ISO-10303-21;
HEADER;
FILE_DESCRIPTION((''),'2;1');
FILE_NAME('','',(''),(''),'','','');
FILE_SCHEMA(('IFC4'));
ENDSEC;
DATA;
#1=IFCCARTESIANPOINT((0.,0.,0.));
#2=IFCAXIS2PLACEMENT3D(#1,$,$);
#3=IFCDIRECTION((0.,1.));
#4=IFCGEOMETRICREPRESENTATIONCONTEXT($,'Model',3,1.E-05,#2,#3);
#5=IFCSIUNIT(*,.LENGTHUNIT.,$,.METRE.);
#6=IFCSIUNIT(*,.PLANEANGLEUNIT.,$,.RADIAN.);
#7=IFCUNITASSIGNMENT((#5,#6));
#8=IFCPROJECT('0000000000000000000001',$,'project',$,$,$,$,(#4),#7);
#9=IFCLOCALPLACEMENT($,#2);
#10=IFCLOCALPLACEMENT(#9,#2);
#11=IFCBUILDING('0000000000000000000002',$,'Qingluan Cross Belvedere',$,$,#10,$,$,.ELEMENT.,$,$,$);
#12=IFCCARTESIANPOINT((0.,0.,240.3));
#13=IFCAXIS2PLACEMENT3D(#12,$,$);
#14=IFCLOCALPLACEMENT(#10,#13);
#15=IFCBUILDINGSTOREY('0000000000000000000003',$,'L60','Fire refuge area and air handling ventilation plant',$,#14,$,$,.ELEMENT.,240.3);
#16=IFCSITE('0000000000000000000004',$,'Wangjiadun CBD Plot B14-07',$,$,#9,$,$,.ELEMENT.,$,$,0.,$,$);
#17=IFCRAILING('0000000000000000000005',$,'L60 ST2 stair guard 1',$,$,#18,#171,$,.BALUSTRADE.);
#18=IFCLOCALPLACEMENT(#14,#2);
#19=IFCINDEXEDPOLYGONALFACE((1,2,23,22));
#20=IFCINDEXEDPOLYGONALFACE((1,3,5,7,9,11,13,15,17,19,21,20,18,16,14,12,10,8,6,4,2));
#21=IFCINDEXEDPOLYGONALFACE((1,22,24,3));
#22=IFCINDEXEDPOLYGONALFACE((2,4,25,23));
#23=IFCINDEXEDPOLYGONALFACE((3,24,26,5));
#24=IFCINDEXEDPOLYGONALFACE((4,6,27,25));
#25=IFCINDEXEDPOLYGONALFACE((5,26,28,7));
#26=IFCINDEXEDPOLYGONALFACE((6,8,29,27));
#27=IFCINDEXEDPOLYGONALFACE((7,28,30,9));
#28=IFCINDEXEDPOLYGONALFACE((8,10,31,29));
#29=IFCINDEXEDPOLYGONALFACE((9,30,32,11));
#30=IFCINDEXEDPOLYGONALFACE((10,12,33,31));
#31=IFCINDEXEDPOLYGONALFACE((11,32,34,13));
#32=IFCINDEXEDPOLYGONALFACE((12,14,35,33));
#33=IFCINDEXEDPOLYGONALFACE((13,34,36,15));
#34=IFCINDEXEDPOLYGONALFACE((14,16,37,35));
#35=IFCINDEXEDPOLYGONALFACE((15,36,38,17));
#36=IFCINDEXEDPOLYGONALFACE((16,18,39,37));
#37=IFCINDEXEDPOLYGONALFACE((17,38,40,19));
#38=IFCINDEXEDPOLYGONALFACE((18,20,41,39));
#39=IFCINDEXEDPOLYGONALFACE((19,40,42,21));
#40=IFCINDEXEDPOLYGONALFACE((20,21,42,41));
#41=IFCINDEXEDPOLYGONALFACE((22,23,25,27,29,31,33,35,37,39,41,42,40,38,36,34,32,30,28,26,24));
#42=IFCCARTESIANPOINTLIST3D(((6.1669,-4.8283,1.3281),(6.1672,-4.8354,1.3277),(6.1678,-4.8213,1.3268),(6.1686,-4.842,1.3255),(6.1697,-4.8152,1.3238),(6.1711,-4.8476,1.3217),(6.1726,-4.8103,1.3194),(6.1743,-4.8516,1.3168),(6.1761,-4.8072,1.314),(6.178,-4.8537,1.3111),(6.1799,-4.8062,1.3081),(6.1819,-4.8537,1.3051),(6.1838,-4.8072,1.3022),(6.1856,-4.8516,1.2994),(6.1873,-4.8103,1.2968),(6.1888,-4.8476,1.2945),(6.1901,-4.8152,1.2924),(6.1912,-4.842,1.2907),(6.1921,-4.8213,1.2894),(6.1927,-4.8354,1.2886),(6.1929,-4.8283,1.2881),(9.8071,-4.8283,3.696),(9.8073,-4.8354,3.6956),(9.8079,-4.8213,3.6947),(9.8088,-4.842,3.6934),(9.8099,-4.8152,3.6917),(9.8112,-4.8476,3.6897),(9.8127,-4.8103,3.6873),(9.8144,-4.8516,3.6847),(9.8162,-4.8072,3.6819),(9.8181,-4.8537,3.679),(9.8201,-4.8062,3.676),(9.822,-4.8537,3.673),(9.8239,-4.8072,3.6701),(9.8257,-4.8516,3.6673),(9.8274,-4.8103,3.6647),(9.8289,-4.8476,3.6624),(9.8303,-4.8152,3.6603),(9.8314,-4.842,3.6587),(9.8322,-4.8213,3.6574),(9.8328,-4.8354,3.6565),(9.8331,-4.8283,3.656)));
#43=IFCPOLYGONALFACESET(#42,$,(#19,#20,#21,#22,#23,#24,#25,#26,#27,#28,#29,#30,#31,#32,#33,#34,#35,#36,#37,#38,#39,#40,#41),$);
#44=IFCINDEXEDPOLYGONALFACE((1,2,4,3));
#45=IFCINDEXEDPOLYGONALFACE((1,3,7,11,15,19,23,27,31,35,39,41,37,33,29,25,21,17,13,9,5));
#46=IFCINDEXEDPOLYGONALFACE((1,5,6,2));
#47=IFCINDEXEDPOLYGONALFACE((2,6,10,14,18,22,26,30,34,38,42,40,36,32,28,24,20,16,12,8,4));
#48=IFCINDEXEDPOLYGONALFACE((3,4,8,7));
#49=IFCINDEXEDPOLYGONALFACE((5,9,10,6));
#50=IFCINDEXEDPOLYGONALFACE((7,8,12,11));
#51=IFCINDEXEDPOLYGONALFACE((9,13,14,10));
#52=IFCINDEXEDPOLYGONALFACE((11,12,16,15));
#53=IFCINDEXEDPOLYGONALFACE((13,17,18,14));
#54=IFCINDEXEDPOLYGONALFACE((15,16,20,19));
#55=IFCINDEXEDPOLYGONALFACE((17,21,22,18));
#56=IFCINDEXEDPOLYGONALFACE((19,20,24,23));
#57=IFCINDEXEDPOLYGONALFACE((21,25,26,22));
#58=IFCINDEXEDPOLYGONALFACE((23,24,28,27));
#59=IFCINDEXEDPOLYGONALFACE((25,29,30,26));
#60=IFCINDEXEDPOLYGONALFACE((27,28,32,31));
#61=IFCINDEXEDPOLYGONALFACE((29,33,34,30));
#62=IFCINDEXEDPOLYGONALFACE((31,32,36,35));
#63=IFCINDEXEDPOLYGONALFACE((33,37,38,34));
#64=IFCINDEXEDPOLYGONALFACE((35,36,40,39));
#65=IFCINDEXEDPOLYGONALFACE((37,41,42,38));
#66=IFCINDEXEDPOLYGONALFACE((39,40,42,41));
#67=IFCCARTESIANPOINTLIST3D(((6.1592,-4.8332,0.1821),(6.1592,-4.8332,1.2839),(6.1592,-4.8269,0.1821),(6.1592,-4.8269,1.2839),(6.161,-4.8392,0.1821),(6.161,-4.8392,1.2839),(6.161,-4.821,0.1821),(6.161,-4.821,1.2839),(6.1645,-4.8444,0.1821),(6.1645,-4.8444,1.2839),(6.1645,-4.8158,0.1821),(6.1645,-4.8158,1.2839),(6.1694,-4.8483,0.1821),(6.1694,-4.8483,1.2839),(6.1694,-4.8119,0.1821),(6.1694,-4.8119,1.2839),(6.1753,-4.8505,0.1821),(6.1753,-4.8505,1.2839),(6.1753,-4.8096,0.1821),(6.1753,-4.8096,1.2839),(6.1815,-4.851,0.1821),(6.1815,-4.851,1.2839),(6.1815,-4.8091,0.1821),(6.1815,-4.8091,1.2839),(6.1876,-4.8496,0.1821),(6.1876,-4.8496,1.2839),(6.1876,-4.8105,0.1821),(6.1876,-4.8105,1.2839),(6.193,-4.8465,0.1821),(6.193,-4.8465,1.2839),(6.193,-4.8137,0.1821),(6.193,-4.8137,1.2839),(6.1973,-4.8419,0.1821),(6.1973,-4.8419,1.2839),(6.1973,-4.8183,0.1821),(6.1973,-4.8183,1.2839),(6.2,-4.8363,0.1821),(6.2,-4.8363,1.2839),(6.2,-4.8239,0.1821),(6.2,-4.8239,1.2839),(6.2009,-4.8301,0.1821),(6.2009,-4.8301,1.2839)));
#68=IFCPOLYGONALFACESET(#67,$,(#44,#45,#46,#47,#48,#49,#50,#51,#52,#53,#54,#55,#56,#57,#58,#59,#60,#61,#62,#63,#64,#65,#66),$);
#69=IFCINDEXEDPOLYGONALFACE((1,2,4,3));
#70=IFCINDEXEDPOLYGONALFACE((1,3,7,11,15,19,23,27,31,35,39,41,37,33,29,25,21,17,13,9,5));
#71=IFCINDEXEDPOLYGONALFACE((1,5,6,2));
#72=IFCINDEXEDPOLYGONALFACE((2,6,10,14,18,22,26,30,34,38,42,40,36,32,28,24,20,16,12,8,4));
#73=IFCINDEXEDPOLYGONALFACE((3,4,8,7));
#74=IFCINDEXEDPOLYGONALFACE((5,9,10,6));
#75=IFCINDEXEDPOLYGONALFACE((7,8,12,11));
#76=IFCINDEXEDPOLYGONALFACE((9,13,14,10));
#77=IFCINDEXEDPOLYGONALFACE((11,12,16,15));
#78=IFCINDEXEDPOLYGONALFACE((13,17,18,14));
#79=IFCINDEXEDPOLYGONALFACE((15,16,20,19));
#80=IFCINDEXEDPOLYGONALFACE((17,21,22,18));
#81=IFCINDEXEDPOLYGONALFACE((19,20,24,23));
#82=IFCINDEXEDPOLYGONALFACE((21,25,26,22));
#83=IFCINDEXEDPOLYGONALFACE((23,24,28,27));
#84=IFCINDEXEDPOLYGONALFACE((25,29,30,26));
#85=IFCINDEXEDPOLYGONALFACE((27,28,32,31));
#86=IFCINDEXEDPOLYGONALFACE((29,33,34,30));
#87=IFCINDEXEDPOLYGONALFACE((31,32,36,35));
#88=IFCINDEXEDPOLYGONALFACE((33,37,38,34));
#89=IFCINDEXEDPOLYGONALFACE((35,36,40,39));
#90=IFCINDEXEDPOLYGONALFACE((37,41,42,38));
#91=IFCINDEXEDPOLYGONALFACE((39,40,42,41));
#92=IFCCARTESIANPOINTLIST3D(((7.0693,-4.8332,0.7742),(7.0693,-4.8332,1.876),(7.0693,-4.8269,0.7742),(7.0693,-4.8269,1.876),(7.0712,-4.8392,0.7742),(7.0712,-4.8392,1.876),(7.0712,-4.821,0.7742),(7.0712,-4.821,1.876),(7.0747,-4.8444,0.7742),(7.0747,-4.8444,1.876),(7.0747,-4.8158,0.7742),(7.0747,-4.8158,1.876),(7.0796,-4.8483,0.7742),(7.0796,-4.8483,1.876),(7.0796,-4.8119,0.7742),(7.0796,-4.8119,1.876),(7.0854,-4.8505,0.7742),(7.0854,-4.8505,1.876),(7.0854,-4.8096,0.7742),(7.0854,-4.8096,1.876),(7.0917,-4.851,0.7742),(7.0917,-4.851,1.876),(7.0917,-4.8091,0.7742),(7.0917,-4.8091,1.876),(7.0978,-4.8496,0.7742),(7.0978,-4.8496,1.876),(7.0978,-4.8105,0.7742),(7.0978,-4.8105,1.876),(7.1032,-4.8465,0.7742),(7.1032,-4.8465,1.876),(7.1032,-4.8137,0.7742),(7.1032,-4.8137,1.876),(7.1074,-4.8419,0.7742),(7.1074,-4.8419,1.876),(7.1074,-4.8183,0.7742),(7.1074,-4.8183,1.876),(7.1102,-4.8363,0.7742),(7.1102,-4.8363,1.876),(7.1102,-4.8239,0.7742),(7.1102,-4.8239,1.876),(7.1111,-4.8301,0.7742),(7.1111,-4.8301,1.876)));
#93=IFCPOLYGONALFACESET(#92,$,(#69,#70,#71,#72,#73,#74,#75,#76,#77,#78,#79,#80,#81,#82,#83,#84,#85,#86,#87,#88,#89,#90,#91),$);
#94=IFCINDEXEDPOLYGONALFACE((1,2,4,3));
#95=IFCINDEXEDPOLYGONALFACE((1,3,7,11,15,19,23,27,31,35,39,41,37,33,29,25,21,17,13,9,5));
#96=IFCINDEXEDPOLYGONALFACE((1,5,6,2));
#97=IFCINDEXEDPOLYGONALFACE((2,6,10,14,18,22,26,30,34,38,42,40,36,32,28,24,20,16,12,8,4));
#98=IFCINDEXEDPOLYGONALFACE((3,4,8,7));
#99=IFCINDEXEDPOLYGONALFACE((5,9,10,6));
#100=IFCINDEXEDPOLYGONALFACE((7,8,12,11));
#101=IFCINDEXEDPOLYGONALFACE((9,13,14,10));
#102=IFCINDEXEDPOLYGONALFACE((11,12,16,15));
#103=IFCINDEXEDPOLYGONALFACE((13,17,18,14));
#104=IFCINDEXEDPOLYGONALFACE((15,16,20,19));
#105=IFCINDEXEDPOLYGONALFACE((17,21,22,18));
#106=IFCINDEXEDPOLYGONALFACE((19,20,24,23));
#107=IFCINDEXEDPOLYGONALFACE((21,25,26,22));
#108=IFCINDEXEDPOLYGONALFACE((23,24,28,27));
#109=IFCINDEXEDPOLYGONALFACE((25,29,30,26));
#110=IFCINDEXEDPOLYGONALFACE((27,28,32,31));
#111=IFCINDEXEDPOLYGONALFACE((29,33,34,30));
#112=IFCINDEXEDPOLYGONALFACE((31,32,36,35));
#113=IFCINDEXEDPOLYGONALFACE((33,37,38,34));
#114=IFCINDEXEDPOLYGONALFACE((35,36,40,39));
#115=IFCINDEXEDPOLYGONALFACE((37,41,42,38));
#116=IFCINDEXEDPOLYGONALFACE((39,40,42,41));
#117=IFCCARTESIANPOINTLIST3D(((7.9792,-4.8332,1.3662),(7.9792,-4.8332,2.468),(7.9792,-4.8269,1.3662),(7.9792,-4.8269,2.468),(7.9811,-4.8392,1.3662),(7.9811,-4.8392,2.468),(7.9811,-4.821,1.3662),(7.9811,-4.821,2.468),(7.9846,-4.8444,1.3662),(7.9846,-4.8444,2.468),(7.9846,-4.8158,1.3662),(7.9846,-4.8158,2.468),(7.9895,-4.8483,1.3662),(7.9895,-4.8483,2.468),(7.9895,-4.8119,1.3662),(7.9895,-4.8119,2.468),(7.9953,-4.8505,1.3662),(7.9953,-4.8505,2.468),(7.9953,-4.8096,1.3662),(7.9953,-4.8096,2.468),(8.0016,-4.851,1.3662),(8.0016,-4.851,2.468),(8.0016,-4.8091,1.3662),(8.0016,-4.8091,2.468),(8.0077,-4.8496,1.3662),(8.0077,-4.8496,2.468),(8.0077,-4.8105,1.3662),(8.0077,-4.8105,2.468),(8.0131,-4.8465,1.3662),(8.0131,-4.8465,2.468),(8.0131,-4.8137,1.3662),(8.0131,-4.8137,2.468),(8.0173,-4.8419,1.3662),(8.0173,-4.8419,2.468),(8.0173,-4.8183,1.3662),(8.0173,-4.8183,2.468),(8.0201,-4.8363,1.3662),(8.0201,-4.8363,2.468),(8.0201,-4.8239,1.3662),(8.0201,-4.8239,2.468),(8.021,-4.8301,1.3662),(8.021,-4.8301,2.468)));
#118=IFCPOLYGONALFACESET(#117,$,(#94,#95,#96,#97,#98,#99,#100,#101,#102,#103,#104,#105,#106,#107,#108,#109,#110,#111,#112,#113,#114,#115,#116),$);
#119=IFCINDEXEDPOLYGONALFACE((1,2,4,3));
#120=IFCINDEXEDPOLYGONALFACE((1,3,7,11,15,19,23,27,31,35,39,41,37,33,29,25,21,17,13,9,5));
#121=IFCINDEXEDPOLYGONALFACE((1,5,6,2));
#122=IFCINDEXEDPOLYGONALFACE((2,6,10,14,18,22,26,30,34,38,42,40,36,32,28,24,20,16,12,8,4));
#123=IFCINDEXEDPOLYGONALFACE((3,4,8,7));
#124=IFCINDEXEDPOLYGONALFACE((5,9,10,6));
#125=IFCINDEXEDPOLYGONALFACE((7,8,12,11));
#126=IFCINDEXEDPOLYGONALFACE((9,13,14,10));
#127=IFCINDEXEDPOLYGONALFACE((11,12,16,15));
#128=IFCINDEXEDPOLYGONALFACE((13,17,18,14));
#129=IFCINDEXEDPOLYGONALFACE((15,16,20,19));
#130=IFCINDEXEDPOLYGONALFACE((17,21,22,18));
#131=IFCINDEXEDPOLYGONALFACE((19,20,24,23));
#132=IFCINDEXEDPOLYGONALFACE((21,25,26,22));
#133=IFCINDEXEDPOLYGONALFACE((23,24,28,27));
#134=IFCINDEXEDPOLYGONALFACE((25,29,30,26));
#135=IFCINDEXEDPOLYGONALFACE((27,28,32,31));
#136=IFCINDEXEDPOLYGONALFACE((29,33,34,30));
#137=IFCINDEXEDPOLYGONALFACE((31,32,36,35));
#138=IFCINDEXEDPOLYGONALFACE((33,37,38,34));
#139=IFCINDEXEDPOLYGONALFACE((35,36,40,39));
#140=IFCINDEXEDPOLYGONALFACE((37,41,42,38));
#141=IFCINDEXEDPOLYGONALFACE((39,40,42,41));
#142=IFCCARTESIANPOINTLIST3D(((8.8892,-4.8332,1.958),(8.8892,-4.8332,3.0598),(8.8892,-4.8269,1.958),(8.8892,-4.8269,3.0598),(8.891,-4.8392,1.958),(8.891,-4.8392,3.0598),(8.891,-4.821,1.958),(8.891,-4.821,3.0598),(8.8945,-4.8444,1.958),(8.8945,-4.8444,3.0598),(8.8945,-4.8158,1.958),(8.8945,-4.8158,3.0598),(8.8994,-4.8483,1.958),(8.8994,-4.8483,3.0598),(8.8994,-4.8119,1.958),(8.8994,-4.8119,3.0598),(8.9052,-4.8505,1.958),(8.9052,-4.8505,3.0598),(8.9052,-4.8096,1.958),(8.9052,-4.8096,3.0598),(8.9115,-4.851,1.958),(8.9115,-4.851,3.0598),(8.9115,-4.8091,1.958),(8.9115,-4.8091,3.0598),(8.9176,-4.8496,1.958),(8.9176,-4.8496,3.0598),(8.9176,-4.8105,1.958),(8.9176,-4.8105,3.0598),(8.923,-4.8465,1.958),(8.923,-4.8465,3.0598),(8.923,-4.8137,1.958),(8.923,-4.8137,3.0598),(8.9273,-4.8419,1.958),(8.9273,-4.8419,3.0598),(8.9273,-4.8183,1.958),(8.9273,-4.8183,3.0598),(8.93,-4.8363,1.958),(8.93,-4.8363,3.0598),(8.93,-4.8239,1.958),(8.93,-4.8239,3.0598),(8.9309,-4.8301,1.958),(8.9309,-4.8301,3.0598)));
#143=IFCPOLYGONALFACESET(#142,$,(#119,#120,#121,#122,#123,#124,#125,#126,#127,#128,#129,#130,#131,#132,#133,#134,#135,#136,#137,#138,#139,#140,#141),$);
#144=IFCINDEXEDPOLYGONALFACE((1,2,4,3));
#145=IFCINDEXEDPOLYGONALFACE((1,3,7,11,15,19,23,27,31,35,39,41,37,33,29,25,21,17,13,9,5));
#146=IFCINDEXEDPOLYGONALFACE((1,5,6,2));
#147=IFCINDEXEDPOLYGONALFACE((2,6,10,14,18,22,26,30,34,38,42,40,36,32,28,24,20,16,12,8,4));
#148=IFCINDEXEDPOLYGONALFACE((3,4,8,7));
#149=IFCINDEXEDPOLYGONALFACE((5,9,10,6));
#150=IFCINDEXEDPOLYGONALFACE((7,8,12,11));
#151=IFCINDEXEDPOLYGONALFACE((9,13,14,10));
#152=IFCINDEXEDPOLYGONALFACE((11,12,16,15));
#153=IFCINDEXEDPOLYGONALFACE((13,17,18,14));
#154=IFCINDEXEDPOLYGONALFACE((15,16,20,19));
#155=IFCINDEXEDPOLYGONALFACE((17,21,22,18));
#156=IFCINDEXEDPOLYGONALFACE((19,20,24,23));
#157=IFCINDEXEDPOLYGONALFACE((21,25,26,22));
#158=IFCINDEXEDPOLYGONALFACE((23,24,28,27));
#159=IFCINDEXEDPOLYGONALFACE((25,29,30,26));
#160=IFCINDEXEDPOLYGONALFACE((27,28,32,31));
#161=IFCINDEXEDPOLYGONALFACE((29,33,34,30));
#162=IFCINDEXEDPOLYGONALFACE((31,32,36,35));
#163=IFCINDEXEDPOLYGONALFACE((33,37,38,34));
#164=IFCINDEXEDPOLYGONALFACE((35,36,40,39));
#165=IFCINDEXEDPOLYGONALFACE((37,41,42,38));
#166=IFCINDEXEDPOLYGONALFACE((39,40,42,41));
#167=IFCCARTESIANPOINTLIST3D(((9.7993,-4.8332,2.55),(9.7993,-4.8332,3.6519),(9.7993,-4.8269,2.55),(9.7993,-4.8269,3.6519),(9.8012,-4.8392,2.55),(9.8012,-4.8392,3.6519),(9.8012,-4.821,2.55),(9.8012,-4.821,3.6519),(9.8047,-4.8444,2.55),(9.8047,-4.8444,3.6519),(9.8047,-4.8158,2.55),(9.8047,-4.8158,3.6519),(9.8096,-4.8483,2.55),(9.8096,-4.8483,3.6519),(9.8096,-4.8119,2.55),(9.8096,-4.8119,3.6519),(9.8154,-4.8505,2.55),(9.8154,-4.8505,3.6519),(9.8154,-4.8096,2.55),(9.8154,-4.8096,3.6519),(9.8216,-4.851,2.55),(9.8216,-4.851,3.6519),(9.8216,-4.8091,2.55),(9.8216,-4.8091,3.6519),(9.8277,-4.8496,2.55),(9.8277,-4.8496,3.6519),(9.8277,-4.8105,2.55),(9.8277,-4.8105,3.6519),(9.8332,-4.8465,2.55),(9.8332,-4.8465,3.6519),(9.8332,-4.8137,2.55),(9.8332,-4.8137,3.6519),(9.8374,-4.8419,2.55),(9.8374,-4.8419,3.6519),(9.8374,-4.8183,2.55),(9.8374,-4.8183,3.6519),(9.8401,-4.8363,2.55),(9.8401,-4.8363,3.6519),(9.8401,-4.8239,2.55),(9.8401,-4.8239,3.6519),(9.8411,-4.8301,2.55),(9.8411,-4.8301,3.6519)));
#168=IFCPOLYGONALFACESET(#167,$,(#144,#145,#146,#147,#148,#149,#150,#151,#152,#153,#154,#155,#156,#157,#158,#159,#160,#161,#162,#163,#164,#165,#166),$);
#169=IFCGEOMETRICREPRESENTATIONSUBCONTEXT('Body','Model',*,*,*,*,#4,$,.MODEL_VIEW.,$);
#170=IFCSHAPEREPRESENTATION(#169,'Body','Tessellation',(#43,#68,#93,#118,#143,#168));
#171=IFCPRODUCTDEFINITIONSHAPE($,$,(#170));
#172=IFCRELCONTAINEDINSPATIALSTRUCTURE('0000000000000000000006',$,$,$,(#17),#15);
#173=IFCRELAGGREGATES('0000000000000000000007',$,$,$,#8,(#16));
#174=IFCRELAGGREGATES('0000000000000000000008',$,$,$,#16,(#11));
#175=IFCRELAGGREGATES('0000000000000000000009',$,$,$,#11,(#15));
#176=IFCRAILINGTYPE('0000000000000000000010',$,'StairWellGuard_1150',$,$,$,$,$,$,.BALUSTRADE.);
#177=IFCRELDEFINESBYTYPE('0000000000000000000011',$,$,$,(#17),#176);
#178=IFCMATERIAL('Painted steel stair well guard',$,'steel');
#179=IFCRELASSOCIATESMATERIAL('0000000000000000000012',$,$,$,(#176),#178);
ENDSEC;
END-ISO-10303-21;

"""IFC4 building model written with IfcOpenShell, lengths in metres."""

from ifc_helpers import new_model, si_unit, direction, frame, origin, origin_2d, place, context, subcontext, project, spatial, circle, extrude, material, type_object, element, save


model = new_model("IFC4")

# Units and contexts
model_context = context("Model", 3, precision=1e-05, world=origin(), true_north=direction((0.0, 1.0)))
body_context = subcontext(model_context, "Body", "Model", "MODEL_VIEW")
ifc_project = project(units=[si_unit("LENGTHUNIT", "METRE"), si_unit("PLANEANGLEUNIT", "RADIAN")], contexts=[model_context])

# Site, building, storey
site_placement = place(None, origin())
site = spatial("IfcSite", under=ifc_project, at=site_placement, Name="Wangjiadun CBD Plot B14-07", CompositionType="ELEMENT", RefElevation=0.0)
building_placement = place(site_placement, origin())
building = spatial("IfcBuilding", under=site, at=building_placement, Name="Qingluan Cross Belvedere", CompositionType="ELEMENT")
storey_placement = place(building_placement, frame((0.0, 0.0, 240.3)))
storey = spatial("IfcBuildingStorey", under=building, at=storey_placement, Name="L60", Description="Fire refuge area and air handling ventilation plant", CompositionType="ELEMENT", Elevation=240.3)

# Railing
ifc_material_1 = material(Name="Painted steel stair well guard", Category="steel")
railing_type_1 = type_object("IfcRailingType", Name="StairWellGuard_1150", PredefinedType="BALUSTRADE", material=ifc_material_1)
railing_1_placement = place(storey_placement, frame((6.1799, -4.8301, 0.1821)))
element("IfcRailing", 1, at=railing_1_placement, inside=storey, type_object=railing_type_1, Name="L60 ST2 stair guard 1", PredefinedType="BALUSTRADE", context=body_context, shape_type="SweptSolid", body=[
    extrude(circle(Radius=0.0239, at=origin_2d()), frame((0.0, 0.0, 1.126), z_axis=(0.838251, 0.0, 0.545285), x_axis=(0.0, 1.0, 0.0)), (0.0, 0.0, 1.0), 4.3425),
    extrude(circle(Radius=0.021, at=origin_2d()), origin(), (0.0, 0.0, 1.0), 1.1018),
    extrude(circle(Radius=0.021, at=origin_2d()), frame((0.9102, 0.0, 0.592)), (0.0, 0.0, 1.0), 1.1018),
    extrude(circle(Radius=0.021, at=origin_2d()), frame((1.8201, 0.0, 1.1841)), (0.0, 0.0, 1.0), 1.1018),
    extrude(circle(Radius=0.021, at=origin_2d()), frame((2.73, 0.0, 1.7759)), (0.0, 0.0, 1.0), 1.1018),
    extrude(circle(Radius=0.021, at=origin_2d()), frame((3.6401, 0.0, 2.3679)), (0.0, 0.0, 1.0), 1.1018),
])

save(model, "model.ifc")
